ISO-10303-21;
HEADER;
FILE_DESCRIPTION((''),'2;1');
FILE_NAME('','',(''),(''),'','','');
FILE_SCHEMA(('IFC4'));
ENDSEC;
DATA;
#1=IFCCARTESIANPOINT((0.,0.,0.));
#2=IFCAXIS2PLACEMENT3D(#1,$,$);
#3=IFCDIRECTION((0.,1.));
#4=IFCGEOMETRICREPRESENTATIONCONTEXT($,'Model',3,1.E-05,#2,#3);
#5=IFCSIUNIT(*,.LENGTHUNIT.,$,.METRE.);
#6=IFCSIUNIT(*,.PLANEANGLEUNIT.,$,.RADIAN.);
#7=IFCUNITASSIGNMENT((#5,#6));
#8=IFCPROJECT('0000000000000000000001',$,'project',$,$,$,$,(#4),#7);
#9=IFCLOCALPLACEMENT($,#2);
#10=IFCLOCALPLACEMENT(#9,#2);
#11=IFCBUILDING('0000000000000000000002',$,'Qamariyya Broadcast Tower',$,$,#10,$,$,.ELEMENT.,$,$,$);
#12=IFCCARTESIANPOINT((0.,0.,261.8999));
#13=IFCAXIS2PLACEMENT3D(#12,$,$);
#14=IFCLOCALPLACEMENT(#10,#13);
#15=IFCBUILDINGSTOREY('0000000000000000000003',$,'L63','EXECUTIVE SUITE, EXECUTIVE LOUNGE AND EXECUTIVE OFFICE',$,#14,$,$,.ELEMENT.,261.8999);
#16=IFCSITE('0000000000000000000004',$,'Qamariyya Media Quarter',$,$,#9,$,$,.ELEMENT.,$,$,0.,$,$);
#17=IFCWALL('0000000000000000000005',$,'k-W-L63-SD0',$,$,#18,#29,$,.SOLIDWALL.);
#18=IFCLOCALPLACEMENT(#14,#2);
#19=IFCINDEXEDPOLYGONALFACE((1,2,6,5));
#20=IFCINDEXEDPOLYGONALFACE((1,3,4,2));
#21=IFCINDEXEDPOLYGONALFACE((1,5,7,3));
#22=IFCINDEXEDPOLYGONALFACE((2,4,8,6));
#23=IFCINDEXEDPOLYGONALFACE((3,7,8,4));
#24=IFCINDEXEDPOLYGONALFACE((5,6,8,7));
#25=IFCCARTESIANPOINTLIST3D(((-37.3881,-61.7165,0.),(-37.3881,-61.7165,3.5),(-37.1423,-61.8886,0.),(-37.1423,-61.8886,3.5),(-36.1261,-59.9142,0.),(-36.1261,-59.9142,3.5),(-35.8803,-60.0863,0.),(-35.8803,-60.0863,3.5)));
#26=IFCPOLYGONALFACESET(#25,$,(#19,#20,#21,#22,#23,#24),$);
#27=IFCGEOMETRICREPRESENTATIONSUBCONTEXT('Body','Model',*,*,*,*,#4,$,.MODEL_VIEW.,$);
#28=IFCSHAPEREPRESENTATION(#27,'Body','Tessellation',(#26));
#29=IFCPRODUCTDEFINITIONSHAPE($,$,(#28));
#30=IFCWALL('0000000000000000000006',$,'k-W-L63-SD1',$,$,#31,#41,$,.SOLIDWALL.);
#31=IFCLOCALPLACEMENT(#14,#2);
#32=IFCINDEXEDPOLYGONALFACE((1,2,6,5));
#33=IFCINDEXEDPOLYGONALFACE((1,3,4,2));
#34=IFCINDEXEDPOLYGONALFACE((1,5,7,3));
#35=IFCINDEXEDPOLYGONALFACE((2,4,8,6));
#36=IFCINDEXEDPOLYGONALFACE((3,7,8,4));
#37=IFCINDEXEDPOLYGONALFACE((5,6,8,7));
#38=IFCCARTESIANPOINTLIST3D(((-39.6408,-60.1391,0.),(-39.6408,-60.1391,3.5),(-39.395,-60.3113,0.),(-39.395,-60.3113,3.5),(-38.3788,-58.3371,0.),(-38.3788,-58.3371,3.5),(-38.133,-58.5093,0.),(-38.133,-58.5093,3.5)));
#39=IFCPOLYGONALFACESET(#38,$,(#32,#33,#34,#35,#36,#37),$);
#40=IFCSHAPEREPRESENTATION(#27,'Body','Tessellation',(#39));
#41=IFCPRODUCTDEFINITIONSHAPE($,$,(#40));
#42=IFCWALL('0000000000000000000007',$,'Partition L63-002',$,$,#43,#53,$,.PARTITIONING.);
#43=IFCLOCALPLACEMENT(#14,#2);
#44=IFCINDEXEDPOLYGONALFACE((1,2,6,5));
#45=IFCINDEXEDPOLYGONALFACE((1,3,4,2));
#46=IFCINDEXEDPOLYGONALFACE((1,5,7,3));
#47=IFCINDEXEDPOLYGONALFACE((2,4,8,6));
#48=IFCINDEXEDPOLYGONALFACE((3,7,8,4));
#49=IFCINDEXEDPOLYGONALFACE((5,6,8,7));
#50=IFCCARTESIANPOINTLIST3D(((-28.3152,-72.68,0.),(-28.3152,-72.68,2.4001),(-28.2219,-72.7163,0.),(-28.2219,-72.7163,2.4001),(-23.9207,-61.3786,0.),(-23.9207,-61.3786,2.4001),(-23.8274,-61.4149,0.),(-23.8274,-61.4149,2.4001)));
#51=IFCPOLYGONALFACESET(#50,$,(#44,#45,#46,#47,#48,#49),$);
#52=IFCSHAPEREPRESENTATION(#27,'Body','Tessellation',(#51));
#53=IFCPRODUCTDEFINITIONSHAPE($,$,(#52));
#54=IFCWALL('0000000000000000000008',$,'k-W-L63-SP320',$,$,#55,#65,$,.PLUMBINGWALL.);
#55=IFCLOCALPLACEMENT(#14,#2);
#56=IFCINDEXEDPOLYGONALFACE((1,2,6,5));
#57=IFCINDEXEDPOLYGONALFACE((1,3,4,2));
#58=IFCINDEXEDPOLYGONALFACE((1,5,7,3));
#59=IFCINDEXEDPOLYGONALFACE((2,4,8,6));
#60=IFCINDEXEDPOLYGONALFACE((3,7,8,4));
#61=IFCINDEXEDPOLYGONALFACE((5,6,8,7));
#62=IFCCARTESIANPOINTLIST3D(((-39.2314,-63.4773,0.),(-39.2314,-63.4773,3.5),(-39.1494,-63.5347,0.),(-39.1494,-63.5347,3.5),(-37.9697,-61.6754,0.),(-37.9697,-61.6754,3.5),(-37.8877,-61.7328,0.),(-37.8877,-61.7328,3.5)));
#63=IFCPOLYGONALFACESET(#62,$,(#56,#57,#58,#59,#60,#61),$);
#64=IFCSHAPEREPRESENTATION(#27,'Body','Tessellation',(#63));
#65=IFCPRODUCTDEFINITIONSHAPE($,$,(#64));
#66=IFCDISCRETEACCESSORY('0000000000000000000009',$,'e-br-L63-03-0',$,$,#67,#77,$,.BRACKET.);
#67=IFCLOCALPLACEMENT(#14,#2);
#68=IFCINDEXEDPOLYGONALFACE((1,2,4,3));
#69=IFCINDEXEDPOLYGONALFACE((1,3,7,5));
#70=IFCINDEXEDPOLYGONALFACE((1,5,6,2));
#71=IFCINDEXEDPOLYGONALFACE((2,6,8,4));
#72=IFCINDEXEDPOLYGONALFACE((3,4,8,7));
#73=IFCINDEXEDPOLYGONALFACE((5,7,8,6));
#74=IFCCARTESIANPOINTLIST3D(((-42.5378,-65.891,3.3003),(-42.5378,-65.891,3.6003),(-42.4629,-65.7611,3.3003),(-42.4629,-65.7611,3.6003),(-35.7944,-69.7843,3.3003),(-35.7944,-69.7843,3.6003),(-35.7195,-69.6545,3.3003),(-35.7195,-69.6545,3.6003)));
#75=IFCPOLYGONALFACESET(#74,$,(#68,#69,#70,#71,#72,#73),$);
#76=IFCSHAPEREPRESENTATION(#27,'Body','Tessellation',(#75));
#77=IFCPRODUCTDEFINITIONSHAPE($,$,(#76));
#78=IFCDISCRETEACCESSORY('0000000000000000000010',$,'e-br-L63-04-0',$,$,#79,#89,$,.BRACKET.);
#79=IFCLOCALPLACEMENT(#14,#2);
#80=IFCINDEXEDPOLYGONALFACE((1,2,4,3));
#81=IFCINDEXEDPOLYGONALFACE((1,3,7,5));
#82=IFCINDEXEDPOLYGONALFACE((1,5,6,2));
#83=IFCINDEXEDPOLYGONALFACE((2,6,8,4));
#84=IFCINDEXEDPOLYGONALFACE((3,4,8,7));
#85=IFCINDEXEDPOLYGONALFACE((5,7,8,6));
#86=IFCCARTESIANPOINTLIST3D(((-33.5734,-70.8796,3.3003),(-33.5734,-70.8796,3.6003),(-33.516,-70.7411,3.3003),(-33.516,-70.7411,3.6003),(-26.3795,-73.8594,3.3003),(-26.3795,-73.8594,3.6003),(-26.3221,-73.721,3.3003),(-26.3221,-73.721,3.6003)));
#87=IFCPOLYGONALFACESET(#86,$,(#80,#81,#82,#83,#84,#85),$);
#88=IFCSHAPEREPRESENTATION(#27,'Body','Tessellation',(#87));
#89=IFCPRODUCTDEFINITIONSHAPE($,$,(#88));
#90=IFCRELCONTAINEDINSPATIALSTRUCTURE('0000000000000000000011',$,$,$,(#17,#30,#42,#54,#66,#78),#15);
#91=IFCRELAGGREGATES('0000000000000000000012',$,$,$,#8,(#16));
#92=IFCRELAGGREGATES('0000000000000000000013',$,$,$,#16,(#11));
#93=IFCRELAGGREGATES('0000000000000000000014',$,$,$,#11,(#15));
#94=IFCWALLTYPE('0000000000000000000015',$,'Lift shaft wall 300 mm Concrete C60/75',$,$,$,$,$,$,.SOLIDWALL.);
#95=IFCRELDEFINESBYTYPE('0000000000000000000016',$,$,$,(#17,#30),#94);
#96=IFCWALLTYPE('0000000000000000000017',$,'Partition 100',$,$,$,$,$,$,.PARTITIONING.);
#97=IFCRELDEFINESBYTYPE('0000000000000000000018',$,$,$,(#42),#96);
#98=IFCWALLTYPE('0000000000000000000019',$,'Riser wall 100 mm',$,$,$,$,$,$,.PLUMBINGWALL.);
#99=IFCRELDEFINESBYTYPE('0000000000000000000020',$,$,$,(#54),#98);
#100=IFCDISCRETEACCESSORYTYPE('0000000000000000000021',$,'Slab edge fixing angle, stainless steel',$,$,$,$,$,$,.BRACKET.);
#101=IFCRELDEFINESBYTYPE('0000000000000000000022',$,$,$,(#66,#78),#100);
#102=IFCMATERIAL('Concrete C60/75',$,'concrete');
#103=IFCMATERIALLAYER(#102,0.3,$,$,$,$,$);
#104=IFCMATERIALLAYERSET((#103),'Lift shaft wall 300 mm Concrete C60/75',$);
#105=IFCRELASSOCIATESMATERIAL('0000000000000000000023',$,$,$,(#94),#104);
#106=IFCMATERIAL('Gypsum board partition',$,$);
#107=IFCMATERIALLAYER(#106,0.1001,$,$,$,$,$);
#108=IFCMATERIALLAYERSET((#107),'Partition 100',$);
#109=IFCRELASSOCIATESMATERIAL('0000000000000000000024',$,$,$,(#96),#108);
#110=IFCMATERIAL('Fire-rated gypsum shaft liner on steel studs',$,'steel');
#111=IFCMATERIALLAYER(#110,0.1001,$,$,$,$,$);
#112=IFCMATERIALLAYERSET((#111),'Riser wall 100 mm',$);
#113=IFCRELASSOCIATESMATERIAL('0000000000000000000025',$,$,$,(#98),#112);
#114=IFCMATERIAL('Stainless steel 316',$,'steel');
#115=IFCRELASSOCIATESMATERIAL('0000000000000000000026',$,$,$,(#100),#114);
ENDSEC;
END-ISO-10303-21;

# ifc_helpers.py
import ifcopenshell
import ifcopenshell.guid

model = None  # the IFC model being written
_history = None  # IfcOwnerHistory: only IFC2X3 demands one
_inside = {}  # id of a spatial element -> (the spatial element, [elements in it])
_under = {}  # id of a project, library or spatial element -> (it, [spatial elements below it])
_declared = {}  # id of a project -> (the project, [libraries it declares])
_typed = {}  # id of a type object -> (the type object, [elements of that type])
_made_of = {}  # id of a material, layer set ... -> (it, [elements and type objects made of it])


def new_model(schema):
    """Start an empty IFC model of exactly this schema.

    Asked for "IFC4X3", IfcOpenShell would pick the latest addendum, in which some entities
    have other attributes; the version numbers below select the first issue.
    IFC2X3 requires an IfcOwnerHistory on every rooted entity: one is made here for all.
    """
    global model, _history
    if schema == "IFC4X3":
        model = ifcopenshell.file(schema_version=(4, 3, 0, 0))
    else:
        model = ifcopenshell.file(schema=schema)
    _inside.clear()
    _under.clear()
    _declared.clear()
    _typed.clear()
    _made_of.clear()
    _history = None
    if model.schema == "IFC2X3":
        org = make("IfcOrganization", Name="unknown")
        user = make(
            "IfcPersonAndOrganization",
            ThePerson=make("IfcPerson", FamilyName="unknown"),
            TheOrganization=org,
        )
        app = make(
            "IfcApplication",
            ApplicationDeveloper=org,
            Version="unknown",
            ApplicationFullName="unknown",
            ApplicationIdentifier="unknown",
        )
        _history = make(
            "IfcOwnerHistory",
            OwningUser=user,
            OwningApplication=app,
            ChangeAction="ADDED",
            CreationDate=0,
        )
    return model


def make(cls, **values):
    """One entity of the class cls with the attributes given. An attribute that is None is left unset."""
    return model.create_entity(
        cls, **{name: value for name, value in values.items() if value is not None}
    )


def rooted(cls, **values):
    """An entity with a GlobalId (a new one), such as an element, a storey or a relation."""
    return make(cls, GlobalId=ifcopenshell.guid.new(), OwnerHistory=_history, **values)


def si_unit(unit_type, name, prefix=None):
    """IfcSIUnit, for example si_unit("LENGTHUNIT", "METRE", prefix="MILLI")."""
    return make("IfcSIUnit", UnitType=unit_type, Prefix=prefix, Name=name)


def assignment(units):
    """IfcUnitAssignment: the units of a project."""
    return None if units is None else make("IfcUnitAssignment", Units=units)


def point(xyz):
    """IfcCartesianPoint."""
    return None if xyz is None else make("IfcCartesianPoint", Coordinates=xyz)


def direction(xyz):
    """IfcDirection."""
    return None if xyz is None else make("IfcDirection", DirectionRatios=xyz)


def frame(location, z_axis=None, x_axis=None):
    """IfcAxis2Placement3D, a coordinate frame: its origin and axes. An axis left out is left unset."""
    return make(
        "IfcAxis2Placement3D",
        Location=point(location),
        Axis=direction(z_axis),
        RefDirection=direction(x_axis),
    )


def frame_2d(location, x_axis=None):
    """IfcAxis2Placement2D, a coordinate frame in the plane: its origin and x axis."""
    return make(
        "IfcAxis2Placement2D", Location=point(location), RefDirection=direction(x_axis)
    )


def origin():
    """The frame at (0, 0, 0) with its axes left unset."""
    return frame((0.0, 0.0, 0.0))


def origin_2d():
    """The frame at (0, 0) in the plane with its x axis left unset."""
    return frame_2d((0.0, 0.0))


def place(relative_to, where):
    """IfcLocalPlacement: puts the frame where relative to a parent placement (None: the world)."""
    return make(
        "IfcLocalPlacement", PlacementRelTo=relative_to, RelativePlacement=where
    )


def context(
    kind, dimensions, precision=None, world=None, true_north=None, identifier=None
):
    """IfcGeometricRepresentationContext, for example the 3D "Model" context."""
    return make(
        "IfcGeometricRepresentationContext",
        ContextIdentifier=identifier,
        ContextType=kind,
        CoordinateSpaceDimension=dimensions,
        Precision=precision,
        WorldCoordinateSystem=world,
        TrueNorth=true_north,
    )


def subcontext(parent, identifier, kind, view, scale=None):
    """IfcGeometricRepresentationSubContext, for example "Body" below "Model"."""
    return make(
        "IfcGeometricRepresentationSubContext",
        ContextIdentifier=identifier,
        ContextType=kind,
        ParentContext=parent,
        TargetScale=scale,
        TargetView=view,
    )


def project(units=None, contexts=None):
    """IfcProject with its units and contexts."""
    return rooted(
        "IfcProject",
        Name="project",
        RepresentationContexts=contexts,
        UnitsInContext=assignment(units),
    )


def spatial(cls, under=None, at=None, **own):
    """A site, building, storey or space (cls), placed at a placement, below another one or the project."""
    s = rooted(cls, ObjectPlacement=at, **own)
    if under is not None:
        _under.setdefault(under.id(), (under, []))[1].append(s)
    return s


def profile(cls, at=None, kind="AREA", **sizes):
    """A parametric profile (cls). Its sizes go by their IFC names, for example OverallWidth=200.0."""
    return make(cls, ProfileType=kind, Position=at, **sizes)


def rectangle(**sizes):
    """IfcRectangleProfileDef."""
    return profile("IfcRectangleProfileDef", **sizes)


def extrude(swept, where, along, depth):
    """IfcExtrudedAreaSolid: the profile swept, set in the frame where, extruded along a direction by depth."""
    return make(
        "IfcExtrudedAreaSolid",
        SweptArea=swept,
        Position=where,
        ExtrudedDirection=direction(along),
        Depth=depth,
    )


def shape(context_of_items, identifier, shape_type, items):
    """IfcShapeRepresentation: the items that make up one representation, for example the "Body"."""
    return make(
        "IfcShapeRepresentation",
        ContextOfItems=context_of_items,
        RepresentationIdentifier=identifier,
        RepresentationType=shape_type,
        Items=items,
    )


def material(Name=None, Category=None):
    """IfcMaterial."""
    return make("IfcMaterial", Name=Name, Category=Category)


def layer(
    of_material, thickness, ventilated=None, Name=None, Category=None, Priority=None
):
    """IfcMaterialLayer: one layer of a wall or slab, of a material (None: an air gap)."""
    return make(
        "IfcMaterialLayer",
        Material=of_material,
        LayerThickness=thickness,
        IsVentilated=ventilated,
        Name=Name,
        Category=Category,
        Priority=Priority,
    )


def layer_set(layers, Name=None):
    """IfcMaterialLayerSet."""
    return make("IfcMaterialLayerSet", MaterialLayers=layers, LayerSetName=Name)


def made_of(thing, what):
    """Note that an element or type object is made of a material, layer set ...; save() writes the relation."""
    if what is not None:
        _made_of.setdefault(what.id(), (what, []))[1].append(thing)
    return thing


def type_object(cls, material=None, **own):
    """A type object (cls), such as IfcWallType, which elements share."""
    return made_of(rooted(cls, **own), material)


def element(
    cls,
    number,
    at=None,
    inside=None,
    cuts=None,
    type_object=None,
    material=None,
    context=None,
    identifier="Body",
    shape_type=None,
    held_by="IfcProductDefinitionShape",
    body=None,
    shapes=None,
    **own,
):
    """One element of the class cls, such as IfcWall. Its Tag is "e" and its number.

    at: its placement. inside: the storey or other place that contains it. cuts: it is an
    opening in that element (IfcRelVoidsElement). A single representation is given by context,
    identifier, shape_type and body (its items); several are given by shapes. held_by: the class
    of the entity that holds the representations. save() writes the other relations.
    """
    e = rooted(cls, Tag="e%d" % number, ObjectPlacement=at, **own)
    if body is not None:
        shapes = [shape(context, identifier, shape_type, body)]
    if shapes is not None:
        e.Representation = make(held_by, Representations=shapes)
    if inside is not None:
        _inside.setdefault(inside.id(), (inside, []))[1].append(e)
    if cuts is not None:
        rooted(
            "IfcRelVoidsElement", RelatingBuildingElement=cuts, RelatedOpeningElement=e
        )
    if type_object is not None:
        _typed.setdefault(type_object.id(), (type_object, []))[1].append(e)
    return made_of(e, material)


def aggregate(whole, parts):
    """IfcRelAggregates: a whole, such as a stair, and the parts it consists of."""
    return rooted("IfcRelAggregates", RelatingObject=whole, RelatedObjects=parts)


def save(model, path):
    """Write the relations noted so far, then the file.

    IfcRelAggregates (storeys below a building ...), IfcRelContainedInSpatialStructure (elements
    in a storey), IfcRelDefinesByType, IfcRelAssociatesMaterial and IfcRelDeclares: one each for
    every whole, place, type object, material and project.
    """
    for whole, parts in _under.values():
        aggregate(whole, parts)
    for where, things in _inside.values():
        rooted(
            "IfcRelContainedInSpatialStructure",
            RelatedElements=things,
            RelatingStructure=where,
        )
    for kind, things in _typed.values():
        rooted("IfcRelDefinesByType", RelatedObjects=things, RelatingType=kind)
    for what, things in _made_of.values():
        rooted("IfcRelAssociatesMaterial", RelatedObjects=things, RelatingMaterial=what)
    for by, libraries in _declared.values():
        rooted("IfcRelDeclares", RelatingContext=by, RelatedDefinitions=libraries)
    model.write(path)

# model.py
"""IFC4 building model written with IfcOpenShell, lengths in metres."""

from ifc_helpers import new_model, si_unit, direction, frame, frame_2d, origin, origin_2d, place, context, subcontext, project, spatial, rectangle, extrude, material, layer, layer_set, type_object, element, save


model = new_model("IFC4")

# Units and contexts
model_context = context("Model", 3, precision=1e-05, world=origin(), true_north=direction((0.0, 1.0)))
body_context = subcontext(model_context, "Body", "Model", "MODEL_VIEW")
ifc_project = project(units=[si_unit("LENGTHUNIT", "METRE"), si_unit("PLANEANGLEUNIT", "RADIAN")], contexts=[model_context])

# Site, building, storey
site_placement = place(None, origin())
site = spatial("IfcSite", under=ifc_project, at=site_placement, Name="Qamariyya Media Quarter", CompositionType="ELEMENT", RefElevation=0.0)
building_placement = place(site_placement, origin())
building = spatial("IfcBuilding", under=site, at=building_placement, Name="Qamariyya Broadcast Tower", CompositionType="ELEMENT")
storey_placement = place(building_placement, frame((0.0, 0.0, 261.8999)))
storey = spatial("IfcBuildingStorey", under=building, at=storey_placement, Name="L63", Description="EXECUTIVE SUITE, EXECUTIVE LOUNGE AND EXECUTIVE OFFICE", CompositionType="ELEMENT", Elevation=261.8999)

# Shared definitions
ifc_material_1 = material(Name="Concrete C60/75", Category="concrete")

# Shared definitions
ifc_material_2 = material(Name="Gypsum board partition")

# Shared definitions
ifc_layer_1 = layer(ifc_material_1, 0.3)
ifc_layer_set_1 = layer_set([ifc_layer_1], Name="Lift shaft wall 300 mm Concrete C60/75")
wall_type_1 = type_object("IfcWallType", Name="Lift shaft wall 300 mm Concrete C60/75", PredefinedType="SOLIDWALL", material=ifc_layer_set_1)

# Walls
wall_1_placement = place(storey_placement, frame((-36.0032, -60.0002, 0.0), z_axis=(0.0, 0.0, 1.0), x_axis=(-0.573581, -0.819149, 0.0)))
element("IfcWall", 1, at=wall_1_placement, inside=storey, type_object=wall_type_1, Name="k-W-L63-SD0", PredefinedType="SOLIDWALL", context=body_context, shape_type="SweptSolid", body=[
    extrude(rectangle(XDim=2.2002, YDim=0.3, at=frame_2d((1.1001, 0.0))), origin(), (0.0, 0.0, 1.0), 3.5),
])
wall_2_placement = place(storey_placement, frame((-38.2559, -58.4231, 0.0), z_axis=(0.0, 0.0, 1.0), x_axis=(-0.573634, -0.819112, 0.0)))
element("IfcWall", 2, at=wall_2_placement, inside=storey, type_object=wall_type_1, Name="k-W-L63-SD1", PredefinedType="SOLIDWALL", context=body_context, shape_type="SweptSolid", body=[
    extrude(rectangle(XDim=2.2, YDim=0.3, at=frame_2d((1.1001, 0.0))), origin(), (0.0, 0.0, 1.0), 3.5),
])
ifc_layer_2 = layer(ifc_material_2, 0.1001)
ifc_layer_set_2 = layer_set([ifc_layer_2], Name="Partition 100")
wall_type_2 = type_object("IfcWallType", Name="Partition 100", PredefinedType="PARTITIONING", material=ifc_layer_set_2)
wall_3_placement = place(storey_placement, frame((-28.2686, -72.6982, 0.0), z_axis=(0.0, 0.0, 1.0), x_axis=(0.36241, 0.932019, 0.0)))
element("IfcWall", 3, at=wall_3_placement, inside=storey, type_object=wall_type_2, Name="Partition L63-002", PredefinedType="PARTITIONING", context=body_context, shape_type="SweptSolid", body=[
    extrude(rectangle(XDim=12.1257, YDim=0.1001, at=frame_2d((6.063, 0.0))), origin(), (0.0, 0.0, 1.0), 2.4001),
])
ifc_material_3 = material(Name="Fire-rated gypsum shaft liner on steel studs", Category="steel")
ifc_layer_3 = layer(ifc_material_3, 0.1001)
ifc_layer_set_3 = layer_set([ifc_layer_3], Name="Riser wall 100 mm")
wall_type_3 = type_object("IfcWallType", Name="Riser wall 100 mm", PredefinedType="PLUMBINGWALL", material=ifc_layer_set_3)
wall_4_placement = place(storey_placement, frame((-37.9287, -61.7041, 0.0), z_axis=(0.0, 0.0, 1.0), x_axis=(-0.573559, -0.819164, 0.0)))
element("IfcWall", 4, at=wall_4_placement, inside=storey, type_object=wall_type_3, Name="k-W-L63-SP320", PredefinedType="PLUMBINGWALL", context=body_context, shape_type="SweptSolid", body=[
    extrude(rectangle(XDim=2.1997, YDim=0.1001, at=frame_2d((1.0999, 0.0))), origin(), (0.0, 0.0, 1.0), 3.5),
])

# Discrete accessories
ifc_material_4 = material(Name="Stainless steel 316", Category="steel")
discrete_accessory_type = type_object("IfcDiscreteAccessoryType", Name="Slab edge fixing angle, stainless steel", PredefinedType="BRACKET", material=ifc_material_4)
for number, where, z_axis, x_axis, name in (
    (5, (-39.1287, -67.7727, 3.3003), (0.0, 0.0, 1.0), (0.866025, -0.5, 0.0), "e-br-L63-03-0"),
    (6, (-29.9478, -72.3003, 3.3003), (0.0, 0.0, 1.0), (0.92388, -0.382683, 0.0), "e-br-L63-04-0"),
):
    element("IfcDiscreteAccessory", number, at=place(storey_placement, frame(where, z_axis=z_axis, x_axis=x_axis)), inside=storey, type_object=discrete_accessory_type, Name=name, PredefinedType="BRACKET", context=body_context, shape_type="SweptSolid", body=[
        extrude(rectangle(XDim=7.7866, YDim=0.1499, at=origin_2d()), origin(), (0.0, 0.0, 1.0), 0.3),
    ])

save(model, "model.ifc")
